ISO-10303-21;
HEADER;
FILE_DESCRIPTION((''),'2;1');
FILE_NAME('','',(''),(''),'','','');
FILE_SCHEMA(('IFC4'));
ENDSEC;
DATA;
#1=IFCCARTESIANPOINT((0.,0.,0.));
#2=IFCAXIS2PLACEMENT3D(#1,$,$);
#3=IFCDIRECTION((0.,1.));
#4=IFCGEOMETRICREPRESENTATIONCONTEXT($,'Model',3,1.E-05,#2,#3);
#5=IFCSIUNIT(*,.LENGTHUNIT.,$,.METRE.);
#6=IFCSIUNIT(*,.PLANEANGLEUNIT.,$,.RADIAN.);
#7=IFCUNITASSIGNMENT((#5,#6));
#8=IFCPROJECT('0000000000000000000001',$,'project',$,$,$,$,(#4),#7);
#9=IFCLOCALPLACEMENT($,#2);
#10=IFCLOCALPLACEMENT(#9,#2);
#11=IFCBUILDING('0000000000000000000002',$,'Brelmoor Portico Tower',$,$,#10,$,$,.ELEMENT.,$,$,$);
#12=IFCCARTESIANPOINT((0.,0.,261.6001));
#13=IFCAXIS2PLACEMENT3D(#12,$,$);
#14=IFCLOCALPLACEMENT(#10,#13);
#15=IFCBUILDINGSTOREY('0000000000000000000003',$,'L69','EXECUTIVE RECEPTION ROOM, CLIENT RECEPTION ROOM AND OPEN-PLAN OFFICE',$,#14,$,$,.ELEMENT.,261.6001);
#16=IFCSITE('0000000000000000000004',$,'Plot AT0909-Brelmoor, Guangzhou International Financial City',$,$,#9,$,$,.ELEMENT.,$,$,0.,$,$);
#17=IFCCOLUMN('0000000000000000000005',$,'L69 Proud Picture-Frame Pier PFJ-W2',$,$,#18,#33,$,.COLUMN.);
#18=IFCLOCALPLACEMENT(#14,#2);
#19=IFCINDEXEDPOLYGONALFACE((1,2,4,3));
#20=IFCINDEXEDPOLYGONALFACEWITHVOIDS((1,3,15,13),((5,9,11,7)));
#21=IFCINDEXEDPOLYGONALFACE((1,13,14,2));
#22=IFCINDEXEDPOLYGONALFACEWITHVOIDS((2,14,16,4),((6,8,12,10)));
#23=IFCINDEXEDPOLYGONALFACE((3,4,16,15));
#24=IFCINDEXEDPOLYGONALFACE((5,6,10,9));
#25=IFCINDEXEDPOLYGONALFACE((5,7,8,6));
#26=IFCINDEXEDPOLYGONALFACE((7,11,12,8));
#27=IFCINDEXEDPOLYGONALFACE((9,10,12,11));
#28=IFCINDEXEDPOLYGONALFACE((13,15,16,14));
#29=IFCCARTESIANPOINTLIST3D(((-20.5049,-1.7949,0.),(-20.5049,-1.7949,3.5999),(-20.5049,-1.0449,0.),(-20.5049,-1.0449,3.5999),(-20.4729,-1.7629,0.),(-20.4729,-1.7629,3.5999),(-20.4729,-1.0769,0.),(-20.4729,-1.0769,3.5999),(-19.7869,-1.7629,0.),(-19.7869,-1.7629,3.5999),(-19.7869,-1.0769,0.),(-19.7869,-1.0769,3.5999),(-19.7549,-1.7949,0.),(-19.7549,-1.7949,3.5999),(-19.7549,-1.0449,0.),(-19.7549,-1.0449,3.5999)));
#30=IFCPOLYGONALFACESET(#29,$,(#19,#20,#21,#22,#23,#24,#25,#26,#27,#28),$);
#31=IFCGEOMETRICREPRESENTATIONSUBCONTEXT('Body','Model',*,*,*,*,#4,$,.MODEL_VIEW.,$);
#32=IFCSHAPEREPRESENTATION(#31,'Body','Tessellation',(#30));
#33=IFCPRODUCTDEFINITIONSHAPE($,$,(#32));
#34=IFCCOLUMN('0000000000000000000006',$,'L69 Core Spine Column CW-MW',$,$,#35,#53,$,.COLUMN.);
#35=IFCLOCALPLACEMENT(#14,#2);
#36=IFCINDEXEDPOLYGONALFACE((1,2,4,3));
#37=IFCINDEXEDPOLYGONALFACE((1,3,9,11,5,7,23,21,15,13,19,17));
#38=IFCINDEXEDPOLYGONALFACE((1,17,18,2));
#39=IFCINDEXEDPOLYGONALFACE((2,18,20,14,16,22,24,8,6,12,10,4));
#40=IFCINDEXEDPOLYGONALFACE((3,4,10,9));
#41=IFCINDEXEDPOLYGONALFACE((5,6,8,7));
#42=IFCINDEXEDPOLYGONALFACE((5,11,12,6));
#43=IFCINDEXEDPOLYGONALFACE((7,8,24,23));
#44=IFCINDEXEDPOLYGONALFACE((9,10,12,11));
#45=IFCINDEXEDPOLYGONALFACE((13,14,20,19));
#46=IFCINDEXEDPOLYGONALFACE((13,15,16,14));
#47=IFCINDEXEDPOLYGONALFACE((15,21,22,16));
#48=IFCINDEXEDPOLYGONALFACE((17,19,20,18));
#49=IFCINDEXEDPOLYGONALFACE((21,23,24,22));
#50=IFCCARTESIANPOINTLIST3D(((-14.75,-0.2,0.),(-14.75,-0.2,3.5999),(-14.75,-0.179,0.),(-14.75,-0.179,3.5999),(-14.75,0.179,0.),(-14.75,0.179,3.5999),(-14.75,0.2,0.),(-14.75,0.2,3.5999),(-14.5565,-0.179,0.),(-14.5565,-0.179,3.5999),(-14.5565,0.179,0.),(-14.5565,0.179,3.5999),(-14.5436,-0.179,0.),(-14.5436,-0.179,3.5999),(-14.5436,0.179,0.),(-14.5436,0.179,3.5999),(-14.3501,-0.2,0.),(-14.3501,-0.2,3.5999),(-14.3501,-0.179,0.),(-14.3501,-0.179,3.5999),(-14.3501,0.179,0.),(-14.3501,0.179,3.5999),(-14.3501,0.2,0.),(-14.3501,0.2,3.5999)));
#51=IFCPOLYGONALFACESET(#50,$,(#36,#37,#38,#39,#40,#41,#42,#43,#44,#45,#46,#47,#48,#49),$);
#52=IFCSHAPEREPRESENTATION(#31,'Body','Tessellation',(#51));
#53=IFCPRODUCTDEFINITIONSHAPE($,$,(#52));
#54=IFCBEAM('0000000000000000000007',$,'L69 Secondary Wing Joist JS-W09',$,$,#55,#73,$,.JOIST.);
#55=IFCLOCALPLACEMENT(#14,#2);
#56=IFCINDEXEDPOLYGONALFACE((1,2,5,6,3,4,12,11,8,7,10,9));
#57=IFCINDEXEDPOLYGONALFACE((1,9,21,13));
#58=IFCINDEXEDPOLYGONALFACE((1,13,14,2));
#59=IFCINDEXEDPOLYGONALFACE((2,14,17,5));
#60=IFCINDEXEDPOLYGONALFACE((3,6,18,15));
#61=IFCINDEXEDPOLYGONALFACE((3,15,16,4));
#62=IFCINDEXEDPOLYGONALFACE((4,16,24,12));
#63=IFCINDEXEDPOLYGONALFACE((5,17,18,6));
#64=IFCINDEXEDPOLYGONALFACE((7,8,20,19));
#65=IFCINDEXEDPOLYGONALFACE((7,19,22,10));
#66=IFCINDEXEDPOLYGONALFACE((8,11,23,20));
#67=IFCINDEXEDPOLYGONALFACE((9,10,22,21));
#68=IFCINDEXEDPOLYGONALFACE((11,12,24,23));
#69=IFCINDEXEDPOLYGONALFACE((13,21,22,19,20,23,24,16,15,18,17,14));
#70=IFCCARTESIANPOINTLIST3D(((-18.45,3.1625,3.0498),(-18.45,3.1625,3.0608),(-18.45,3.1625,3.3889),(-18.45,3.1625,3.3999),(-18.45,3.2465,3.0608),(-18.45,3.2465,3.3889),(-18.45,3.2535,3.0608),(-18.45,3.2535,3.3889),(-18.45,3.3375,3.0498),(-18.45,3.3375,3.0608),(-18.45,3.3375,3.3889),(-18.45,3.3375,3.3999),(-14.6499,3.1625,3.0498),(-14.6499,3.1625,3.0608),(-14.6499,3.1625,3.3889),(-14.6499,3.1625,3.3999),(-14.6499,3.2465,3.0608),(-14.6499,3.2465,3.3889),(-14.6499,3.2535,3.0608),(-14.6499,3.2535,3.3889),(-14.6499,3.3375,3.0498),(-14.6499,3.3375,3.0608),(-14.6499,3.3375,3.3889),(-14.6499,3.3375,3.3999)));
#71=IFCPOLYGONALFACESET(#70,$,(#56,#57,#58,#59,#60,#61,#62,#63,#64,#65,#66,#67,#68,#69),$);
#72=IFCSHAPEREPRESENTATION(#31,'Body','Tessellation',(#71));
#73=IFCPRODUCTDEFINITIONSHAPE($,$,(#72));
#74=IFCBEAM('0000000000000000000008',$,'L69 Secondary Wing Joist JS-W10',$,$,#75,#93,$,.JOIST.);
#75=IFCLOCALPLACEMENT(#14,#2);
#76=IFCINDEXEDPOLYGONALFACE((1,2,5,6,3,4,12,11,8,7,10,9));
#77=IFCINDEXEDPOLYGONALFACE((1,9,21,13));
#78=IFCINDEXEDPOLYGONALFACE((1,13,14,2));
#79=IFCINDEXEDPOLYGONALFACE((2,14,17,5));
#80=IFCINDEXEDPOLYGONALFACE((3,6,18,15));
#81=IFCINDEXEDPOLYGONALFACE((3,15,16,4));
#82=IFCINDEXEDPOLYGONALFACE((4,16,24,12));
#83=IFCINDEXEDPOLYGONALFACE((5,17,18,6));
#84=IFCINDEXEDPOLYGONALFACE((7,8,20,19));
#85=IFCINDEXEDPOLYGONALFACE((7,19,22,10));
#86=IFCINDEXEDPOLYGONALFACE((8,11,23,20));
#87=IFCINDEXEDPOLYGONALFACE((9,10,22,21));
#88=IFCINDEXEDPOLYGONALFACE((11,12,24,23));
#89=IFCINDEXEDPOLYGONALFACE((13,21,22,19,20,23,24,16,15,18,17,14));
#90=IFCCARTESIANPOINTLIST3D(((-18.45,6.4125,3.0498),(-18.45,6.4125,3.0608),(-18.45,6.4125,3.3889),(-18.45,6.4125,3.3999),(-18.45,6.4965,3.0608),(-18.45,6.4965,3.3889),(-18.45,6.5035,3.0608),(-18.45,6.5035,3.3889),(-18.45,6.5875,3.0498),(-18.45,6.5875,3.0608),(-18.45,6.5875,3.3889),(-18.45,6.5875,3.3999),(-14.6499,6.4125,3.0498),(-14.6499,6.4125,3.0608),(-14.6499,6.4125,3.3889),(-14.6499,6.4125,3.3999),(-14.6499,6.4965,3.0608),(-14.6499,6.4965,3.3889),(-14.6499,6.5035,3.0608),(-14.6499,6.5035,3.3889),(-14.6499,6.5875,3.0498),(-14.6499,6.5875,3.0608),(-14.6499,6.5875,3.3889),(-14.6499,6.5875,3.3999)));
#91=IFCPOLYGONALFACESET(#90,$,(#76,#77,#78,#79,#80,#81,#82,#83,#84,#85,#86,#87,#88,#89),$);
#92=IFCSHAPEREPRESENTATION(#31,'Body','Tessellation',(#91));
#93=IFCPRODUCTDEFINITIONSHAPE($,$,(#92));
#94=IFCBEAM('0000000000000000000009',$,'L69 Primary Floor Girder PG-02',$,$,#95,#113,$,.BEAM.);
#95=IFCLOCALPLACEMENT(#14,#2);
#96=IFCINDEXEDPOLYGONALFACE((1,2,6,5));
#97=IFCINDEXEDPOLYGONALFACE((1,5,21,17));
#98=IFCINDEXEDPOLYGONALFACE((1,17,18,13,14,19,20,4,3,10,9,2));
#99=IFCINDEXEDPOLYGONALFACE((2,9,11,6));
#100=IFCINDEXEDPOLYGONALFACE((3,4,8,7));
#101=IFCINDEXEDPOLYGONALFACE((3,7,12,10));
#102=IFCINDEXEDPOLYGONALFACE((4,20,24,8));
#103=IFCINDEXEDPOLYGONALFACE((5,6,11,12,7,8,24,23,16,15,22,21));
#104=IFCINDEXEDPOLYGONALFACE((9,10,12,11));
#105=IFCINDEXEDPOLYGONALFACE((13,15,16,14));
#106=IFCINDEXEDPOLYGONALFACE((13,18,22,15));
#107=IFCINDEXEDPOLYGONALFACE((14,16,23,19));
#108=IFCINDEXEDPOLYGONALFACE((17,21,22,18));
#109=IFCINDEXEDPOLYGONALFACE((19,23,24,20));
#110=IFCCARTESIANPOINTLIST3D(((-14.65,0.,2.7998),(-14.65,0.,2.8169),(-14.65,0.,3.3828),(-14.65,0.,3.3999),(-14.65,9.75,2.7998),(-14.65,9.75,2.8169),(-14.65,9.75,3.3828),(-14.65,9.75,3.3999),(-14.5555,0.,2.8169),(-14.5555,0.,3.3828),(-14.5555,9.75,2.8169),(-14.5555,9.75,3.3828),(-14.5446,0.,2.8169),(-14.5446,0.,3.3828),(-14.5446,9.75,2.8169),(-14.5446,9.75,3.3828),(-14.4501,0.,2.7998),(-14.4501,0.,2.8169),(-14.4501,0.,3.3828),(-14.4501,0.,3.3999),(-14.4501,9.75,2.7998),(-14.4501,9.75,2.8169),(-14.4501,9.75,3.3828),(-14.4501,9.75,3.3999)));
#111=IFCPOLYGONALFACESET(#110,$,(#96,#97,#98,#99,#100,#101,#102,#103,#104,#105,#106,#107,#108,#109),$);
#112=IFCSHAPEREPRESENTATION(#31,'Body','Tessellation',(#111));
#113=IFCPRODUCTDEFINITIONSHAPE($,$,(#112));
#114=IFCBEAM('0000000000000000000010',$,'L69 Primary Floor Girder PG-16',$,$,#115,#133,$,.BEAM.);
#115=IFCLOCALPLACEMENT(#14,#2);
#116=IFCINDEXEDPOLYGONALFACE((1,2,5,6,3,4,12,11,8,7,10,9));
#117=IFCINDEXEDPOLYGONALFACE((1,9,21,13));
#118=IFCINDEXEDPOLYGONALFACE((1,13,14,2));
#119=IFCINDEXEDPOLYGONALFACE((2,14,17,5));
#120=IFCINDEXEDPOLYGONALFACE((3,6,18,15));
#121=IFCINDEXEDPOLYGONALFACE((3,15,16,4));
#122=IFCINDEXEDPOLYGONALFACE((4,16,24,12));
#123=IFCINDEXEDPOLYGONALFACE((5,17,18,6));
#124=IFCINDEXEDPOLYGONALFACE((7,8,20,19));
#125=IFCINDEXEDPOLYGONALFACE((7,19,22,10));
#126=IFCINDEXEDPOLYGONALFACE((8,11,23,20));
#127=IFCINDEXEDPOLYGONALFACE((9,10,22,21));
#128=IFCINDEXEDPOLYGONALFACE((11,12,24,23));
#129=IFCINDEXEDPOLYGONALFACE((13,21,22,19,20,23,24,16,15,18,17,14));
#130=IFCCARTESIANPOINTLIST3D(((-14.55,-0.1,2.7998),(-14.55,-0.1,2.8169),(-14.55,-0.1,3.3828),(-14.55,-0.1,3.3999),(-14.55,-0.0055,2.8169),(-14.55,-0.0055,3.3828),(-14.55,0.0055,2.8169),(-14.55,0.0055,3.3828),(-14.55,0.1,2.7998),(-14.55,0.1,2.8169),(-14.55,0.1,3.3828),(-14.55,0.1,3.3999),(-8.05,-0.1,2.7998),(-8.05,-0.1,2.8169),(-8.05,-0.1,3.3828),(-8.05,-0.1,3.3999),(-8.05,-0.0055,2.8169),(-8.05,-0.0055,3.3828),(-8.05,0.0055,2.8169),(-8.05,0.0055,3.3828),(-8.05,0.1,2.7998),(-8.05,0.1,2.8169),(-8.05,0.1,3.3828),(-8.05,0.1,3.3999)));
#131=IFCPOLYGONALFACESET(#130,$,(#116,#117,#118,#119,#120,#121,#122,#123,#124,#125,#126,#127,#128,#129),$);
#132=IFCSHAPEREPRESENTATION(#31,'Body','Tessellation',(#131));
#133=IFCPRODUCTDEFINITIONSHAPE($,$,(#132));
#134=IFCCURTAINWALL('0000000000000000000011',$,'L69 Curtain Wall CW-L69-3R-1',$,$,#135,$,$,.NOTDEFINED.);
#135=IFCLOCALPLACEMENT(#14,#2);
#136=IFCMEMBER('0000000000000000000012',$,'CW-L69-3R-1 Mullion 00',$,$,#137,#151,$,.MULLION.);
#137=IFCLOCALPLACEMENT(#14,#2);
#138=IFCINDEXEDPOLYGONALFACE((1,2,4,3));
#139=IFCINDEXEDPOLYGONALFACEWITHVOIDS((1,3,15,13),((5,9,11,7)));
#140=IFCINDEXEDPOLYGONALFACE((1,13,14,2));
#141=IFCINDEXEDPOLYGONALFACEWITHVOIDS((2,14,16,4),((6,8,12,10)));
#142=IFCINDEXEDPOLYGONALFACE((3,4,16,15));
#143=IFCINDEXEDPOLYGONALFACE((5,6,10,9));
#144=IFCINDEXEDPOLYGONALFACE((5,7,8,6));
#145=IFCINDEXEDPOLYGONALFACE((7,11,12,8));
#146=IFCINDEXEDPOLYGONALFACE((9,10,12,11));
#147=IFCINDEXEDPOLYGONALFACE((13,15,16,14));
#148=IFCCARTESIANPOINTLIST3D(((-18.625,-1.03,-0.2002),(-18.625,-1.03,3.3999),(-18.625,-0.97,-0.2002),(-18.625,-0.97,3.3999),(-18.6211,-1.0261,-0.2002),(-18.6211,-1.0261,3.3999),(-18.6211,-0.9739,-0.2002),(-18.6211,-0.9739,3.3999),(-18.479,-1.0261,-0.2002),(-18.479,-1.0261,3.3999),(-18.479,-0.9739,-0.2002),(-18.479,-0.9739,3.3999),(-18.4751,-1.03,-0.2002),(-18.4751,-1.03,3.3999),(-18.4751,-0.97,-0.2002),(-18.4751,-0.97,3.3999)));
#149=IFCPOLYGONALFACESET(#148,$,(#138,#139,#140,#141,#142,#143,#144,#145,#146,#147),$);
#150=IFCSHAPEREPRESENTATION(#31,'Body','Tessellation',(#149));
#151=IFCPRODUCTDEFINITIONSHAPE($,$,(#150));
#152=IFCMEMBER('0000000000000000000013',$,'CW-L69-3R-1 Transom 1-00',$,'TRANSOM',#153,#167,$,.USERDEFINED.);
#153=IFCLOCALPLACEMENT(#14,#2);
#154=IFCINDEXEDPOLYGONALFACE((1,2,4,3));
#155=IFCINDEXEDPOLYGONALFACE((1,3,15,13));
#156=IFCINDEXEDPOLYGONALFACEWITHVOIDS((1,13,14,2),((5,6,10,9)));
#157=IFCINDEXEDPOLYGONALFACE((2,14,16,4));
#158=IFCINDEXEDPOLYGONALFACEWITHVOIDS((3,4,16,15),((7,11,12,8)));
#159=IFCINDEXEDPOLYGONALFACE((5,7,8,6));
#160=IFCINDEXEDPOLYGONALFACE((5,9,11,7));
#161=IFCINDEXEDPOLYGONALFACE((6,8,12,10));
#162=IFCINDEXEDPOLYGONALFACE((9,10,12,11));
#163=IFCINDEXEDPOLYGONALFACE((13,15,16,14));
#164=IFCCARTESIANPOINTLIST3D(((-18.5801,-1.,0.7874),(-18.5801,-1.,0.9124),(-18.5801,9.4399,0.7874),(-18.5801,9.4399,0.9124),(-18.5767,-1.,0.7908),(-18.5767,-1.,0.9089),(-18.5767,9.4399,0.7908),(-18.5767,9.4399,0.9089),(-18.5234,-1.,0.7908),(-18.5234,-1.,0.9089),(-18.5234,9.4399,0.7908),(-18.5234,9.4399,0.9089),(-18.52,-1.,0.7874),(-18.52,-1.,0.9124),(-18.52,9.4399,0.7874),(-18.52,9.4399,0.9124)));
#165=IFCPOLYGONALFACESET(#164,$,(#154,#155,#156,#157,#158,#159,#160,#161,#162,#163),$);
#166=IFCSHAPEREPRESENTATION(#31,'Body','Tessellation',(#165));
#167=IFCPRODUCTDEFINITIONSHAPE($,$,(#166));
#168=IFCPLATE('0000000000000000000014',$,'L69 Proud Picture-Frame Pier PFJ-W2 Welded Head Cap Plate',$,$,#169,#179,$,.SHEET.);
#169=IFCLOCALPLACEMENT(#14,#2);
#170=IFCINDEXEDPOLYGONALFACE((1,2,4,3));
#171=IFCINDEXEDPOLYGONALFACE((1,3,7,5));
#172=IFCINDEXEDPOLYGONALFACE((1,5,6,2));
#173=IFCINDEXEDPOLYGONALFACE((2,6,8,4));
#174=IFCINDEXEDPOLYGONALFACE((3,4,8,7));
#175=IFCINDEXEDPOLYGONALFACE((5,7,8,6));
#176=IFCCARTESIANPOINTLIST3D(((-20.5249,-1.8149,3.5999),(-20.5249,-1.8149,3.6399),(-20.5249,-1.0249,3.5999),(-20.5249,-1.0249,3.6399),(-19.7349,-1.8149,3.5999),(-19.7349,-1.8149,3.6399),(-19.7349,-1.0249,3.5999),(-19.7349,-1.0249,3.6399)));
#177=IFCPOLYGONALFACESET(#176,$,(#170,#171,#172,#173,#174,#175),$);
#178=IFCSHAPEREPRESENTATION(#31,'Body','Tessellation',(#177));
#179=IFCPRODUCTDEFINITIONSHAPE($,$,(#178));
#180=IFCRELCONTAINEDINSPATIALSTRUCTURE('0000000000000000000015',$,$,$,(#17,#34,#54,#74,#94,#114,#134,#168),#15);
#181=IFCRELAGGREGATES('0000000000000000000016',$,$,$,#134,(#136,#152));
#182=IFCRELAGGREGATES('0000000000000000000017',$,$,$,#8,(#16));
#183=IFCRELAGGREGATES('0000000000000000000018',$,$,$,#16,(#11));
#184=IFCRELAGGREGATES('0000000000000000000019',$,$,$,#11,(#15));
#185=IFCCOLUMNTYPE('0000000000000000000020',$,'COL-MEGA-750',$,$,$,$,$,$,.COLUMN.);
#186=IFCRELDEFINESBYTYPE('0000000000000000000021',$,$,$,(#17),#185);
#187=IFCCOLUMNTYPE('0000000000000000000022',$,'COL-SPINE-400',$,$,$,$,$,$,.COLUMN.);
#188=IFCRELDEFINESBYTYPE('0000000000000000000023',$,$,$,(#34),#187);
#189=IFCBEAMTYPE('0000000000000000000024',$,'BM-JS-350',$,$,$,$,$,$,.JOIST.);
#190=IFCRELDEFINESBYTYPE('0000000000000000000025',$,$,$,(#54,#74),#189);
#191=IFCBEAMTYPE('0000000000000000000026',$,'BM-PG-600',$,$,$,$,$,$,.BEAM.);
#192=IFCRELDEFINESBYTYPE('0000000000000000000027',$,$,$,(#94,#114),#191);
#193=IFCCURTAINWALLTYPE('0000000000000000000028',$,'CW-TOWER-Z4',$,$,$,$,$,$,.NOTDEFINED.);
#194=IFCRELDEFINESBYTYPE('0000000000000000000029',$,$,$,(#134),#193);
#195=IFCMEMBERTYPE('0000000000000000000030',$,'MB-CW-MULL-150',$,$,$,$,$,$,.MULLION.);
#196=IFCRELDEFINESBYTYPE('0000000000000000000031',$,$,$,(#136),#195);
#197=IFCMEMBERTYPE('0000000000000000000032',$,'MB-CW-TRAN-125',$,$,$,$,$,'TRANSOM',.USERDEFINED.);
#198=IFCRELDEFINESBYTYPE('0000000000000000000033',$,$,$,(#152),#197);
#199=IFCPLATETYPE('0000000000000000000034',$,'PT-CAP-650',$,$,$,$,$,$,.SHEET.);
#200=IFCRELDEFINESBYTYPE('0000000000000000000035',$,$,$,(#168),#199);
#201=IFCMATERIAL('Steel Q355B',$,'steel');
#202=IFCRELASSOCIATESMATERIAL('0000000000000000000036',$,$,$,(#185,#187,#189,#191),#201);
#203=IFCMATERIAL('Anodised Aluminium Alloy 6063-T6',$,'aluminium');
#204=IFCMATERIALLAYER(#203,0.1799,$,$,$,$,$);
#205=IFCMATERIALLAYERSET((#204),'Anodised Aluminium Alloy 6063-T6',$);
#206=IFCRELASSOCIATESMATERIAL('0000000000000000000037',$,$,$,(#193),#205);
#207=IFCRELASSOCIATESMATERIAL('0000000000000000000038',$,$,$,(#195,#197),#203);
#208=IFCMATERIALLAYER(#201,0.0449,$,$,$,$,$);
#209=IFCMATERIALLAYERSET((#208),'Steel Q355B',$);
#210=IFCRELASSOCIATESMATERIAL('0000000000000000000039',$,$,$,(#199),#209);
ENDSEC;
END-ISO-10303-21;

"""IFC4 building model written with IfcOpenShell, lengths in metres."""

from ifc_helpers import new_model, si_unit, direction, frame, origin, origin_2d, place, context, subcontext, project, spatial, rectangle, hollow_rectangle, i_section, extrude, material, layer, layer_set, material_profile, profile_set, type_object, element, aggregate, save


model = new_model("IFC4")

# Units and contexts
model_context = context("Model", 3, precision=1e-05, world=origin(), true_north=direction((0.0, 1.0)))
body_context = subcontext(model_context, "Body", "Model", "MODEL_VIEW")
ifc_project = project(units=[si_unit("LENGTHUNIT", "METRE"), si_unit("PLANEANGLEUNIT", "RADIAN")], contexts=[model_context])

# Site, building, storey
site_placement = place(None, origin())
site = spatial("IfcSite", under=ifc_project, at=site_placement, Name="Plot AT0909-Brelmoor, Guangzhou International Financial City", CompositionType="ELEMENT", RefElevation=0.0)
building_placement = place(site_placement, origin())
building = spatial("IfcBuilding", under=site, at=building_placement, Name="Brelmoor Portico Tower", CompositionType="ELEMENT")
storey_placement = place(building_placement, frame((0.0, 0.0, 261.6001)))
storey = spatial("IfcBuildingStorey", under=building, at=storey_placement, Name="L69", Description="EXECUTIVE RECEPTION ROOM, CLIENT RECEPTION ROOM AND OPEN-PLAN OFFICE", CompositionType="ELEMENT", Elevation=261.6001)

# Columns
ifc_material_1 = material(Name="Steel Q355B", Category="steel")
ifc_material_profile_1 = material_profile(ifc_material_1, hollow_rectangle(XDim=0.75, YDim=0.75, WallThickness=0.032, at=origin_2d()), Name="BOX 750x750x32")
ifc_profile_set_1 = profile_set([ifc_material_profile_1], Name="Steel Q355B")
column_type_1 = type_object("IfcColumnType", Name="COL-MEGA-750", PredefinedType="COLUMN", material=ifc_profile_set_1)
column_1_placement = place(storey_placement, frame((-20.1299, -1.4199, 0.0), z_axis=(0.0, 0.0, 1.0), x_axis=(0.0, 1.0, 0.0)))
element("IfcColumn", 1, at=column_1_placement, inside=storey, type_object=column_type_1, Name="L69 Proud Picture-Frame Pier PFJ-W2", PredefinedType="COLUMN", context=body_context, shape_type="SweptSolid", body=[
    extrude(hollow_rectangle(XDim=0.75, YDim=0.75, WallThickness=0.032, at=origin_2d()), origin(), (0.0, 0.0, 1.0), 3.5999),
])
ifc_material_profile_2 = material_profile(ifc_material_1, i_section(OverallWidth=0.3999, OverallDepth=0.3999, WebThickness=0.0129, FlangeThickness=0.021, at=origin_2d()), Name="HW 400x400x13x21")
ifc_profile_set_2 = profile_set([ifc_material_profile_2], Name="Steel Q355B")
column_type_2 = type_object("IfcColumnType", Name="COL-SPINE-400", PredefinedType="COLUMN", material=ifc_profile_set_2)
column_2_placement = place(storey_placement, frame((-14.55, 0.0, 0.0), z_axis=(0.0, 0.0, 1.0), x_axis=(1.0, 0.0, 0.0)))
element("IfcColumn", 2, at=column_2_placement, inside=storey, type_object=column_type_2, Name="L69 Core Spine Column CW-MW", PredefinedType="COLUMN", context=body_context, shape_type="SweptSolid", body=[
    extrude(i_section(OverallWidth=0.3999, OverallDepth=0.3999, WebThickness=0.0129, FlangeThickness=0.021, at=origin_2d()), origin(), (0.0, 0.0, 1.0), 3.5999),
])

# Beams
ifc_material_profile_3 = material_profile(ifc_material_1, i_section(OverallWidth=0.175, OverallDepth=0.3501, WebThickness=0.0071, FlangeThickness=0.011, at=origin_2d()), Name="HN 350x175x7x11")
ifc_profile_set_3 = profile_set([ifc_material_profile_3], Name="Steel Q355B")
beam_type_1 = type_object("IfcBeamType", Name="BM-JS-350", PredefinedType="JOIST", material=ifc_profile_set_3)
for number, where, z_axis, x_axis, name in (
    (3, (-18.45, 3.25, 3.2249), (1.0, 0.0, 0.0), (0.0, 1.0, 0.0), "L69 Secondary Wing Joist JS-W09"),
    (4, (-18.45, 6.5, 3.2249), (1.0, 0.0, 0.0), (0.0, 1.0, 0.0), "L69 Secondary Wing Joist JS-W10"),
):
    element("IfcBeam", number, at=place(storey_placement, frame(where, z_axis=z_axis, x_axis=x_axis)), inside=storey, type_object=beam_type_1, Name=name, PredefinedType="JOIST", context=body_context, shape_type="SweptSolid", body=[
        extrude(i_section(OverallWidth=0.175, OverallDepth=0.3501, WebThickness=0.0071, FlangeThickness=0.011, at=origin_2d()), origin(), (0.0, 0.0, 1.0), 3.8),
    ])
ifc_material_profile_4 = material_profile(ifc_material_1, i_section(OverallWidth=0.2, OverallDepth=0.6001, WebThickness=0.011, FlangeThickness=0.0171, at=origin_2d()), Name="HN 600x200x11x17")
ifc_profile_set_4 = profile_set([ifc_material_profile_4], Name="Steel Q355B")
beam_type_2 = type_object("IfcBeamType", Name="BM-PG-600", PredefinedType="BEAM", material=ifc_profile_set_4)
beam_1_placement = place(storey_placement, frame((-14.55, 0.0, 3.0999), z_axis=(0.0, 1.0, 0.0), x_axis=(-1.0, 0.0, 0.0)))
element("IfcBeam", 5, at=beam_1_placement, inside=storey, type_object=beam_type_2, Name="L69 Primary Floor Girder PG-02", PredefinedType="BEAM", context=body_context, shape_type="SweptSolid", body=[
    extrude(i_section(OverallWidth=0.2, OverallDepth=0.6001, WebThickness=0.011, FlangeThickness=0.0171, at=origin_2d()), origin(), (0.0, 0.0, 1.0), 9.75),
])
beam_2_placement = place(storey_placement, frame((-14.55, 0.0, 3.0999), z_axis=(1.0, 0.0, 0.0), x_axis=(0.0, 1.0, 0.0)))
element("IfcBeam", 6, at=beam_2_placement, inside=storey, type_object=beam_type_2, Name="L69 Primary Floor Girder PG-16", PredefinedType="BEAM", context=body_context, shape_type="SweptSolid", body=[
    extrude(i_section(OverallWidth=0.2, OverallDepth=0.6001, WebThickness=0.011, FlangeThickness=0.0171, at=origin_2d()), origin(), (0.0, 0.0, 1.0), 6.5),
])

# Curtain wall, members
ifc_material_2 = material(Name="Anodised Aluminium Alloy 6063-T6", Category="aluminium")
ifc_layer_1 = layer(ifc_material_2, 0.1799)
ifc_layer_set_1 = layer_set([ifc_layer_1], Name="Anodised Aluminium Alloy 6063-T6")
curtain_wall_type = type_object("IfcCurtainWallType", Name="CW-TOWER-Z4", PredefinedType="NOTDEFINED", material=ifc_layer_set_1)
curtain_wall_placement = place(storey_placement, origin())
curtain_wall = element("IfcCurtainWall", 7, at=curtain_wall_placement, inside=storey, type_object=curtain_wall_type, Name="L69 Curtain Wall CW-L69-3R-1", PredefinedType="NOTDEFINED")
ifc_material_profile_5 = material_profile(ifc_material_2, hollow_rectangle(XDim=0.0601, YDim=0.1499, WallThickness=0.0039, at=origin_2d()), Name="ALU MULLION 60x150")
ifc_profile_set_5 = profile_set([ifc_material_profile_5], Name="Anodised Aluminium Alloy 6063-T6")
member_type_1 = type_object("IfcMemberType", Name="MB-CW-MULL-150", PredefinedType="MULLION", material=ifc_profile_set_5)
member_1_placement = place(storey_placement, frame((-18.55, -1.0, -0.2002), z_axis=(0.0, 0.0, 1.0), x_axis=(0.0, 1.0, 0.0)))
member_1 = element("IfcMember", 8, at=member_1_placement, type_object=member_type_1, Name="CW-L69-3R-1 Mullion 00", PredefinedType="MULLION", context=body_context, shape_type="SweptSolid", body=[
    extrude(hollow_rectangle(XDim=0.0601, YDim=0.1499, WallThickness=0.0039, at=origin_2d()), origin(), (0.0, 0.0, 1.0), 3.6001),
])
ifc_material_profile_6 = material_profile(ifc_material_2, hollow_rectangle(XDim=0.0601, YDim=0.125, WallThickness=0.0034, at=origin_2d()), Name="ALU TRANSOM 60x125")
ifc_profile_set_6 = profile_set([ifc_material_profile_6], Name="Anodised Aluminium Alloy 6063-T6")
member_type_2 = type_object("IfcMemberType", Name="MB-CW-TRAN-125", ElementType="TRANSOM", PredefinedType="USERDEFINED", material=ifc_profile_set_6)
member_2_placement = place(storey_placement, frame((-18.55, -1.0, 0.8499), z_axis=(0.0, 1.0, 0.0), x_axis=(-1.0, 0.0, 0.0)))
member_2 = element("IfcMember", 9, at=member_2_placement, type_object=member_type_2, Name="CW-L69-3R-1 Transom 1-00", ObjectType="TRANSOM", PredefinedType="USERDEFINED", context=body_context, shape_type="SweptSolid", body=[
    extrude(hollow_rectangle(XDim=0.0601, YDim=0.125, WallThickness=0.0034, at=origin_2d()), origin(), (0.0, 0.0, 1.0), 10.4399),
])

# Plate
ifc_layer_2 = layer(ifc_material_1, 0.0449)
ifc_layer_set_2 = layer_set([ifc_layer_2], Name="Steel Q355B")
plate_type_1 = type_object("IfcPlateType", Name="PT-CAP-650", PredefinedType="SHEET", material=ifc_layer_set_2)
plate_1_placement = place(storey_placement, frame((-20.1299, -1.4199, 3.5999), z_axis=(0.0, 0.0, 1.0), x_axis=(0.0, 1.0, 0.0)))
element("IfcPlate", 10, at=plate_1_placement, inside=storey, type_object=plate_type_1, Name="L69 Proud Picture-Frame Pier PFJ-W2 Welded Head Cap Plate", PredefinedType="SHEET", context=body_context, shape_type="SweptSolid", body=[
    extrude(rectangle(XDim=0.79, YDim=0.79, at=origin_2d()), origin(), (0.0, 0.0, 1.0), 0.04),
])
aggregate(curtain_wall, [member_1, member_2])

save(model, "model.ifc")
